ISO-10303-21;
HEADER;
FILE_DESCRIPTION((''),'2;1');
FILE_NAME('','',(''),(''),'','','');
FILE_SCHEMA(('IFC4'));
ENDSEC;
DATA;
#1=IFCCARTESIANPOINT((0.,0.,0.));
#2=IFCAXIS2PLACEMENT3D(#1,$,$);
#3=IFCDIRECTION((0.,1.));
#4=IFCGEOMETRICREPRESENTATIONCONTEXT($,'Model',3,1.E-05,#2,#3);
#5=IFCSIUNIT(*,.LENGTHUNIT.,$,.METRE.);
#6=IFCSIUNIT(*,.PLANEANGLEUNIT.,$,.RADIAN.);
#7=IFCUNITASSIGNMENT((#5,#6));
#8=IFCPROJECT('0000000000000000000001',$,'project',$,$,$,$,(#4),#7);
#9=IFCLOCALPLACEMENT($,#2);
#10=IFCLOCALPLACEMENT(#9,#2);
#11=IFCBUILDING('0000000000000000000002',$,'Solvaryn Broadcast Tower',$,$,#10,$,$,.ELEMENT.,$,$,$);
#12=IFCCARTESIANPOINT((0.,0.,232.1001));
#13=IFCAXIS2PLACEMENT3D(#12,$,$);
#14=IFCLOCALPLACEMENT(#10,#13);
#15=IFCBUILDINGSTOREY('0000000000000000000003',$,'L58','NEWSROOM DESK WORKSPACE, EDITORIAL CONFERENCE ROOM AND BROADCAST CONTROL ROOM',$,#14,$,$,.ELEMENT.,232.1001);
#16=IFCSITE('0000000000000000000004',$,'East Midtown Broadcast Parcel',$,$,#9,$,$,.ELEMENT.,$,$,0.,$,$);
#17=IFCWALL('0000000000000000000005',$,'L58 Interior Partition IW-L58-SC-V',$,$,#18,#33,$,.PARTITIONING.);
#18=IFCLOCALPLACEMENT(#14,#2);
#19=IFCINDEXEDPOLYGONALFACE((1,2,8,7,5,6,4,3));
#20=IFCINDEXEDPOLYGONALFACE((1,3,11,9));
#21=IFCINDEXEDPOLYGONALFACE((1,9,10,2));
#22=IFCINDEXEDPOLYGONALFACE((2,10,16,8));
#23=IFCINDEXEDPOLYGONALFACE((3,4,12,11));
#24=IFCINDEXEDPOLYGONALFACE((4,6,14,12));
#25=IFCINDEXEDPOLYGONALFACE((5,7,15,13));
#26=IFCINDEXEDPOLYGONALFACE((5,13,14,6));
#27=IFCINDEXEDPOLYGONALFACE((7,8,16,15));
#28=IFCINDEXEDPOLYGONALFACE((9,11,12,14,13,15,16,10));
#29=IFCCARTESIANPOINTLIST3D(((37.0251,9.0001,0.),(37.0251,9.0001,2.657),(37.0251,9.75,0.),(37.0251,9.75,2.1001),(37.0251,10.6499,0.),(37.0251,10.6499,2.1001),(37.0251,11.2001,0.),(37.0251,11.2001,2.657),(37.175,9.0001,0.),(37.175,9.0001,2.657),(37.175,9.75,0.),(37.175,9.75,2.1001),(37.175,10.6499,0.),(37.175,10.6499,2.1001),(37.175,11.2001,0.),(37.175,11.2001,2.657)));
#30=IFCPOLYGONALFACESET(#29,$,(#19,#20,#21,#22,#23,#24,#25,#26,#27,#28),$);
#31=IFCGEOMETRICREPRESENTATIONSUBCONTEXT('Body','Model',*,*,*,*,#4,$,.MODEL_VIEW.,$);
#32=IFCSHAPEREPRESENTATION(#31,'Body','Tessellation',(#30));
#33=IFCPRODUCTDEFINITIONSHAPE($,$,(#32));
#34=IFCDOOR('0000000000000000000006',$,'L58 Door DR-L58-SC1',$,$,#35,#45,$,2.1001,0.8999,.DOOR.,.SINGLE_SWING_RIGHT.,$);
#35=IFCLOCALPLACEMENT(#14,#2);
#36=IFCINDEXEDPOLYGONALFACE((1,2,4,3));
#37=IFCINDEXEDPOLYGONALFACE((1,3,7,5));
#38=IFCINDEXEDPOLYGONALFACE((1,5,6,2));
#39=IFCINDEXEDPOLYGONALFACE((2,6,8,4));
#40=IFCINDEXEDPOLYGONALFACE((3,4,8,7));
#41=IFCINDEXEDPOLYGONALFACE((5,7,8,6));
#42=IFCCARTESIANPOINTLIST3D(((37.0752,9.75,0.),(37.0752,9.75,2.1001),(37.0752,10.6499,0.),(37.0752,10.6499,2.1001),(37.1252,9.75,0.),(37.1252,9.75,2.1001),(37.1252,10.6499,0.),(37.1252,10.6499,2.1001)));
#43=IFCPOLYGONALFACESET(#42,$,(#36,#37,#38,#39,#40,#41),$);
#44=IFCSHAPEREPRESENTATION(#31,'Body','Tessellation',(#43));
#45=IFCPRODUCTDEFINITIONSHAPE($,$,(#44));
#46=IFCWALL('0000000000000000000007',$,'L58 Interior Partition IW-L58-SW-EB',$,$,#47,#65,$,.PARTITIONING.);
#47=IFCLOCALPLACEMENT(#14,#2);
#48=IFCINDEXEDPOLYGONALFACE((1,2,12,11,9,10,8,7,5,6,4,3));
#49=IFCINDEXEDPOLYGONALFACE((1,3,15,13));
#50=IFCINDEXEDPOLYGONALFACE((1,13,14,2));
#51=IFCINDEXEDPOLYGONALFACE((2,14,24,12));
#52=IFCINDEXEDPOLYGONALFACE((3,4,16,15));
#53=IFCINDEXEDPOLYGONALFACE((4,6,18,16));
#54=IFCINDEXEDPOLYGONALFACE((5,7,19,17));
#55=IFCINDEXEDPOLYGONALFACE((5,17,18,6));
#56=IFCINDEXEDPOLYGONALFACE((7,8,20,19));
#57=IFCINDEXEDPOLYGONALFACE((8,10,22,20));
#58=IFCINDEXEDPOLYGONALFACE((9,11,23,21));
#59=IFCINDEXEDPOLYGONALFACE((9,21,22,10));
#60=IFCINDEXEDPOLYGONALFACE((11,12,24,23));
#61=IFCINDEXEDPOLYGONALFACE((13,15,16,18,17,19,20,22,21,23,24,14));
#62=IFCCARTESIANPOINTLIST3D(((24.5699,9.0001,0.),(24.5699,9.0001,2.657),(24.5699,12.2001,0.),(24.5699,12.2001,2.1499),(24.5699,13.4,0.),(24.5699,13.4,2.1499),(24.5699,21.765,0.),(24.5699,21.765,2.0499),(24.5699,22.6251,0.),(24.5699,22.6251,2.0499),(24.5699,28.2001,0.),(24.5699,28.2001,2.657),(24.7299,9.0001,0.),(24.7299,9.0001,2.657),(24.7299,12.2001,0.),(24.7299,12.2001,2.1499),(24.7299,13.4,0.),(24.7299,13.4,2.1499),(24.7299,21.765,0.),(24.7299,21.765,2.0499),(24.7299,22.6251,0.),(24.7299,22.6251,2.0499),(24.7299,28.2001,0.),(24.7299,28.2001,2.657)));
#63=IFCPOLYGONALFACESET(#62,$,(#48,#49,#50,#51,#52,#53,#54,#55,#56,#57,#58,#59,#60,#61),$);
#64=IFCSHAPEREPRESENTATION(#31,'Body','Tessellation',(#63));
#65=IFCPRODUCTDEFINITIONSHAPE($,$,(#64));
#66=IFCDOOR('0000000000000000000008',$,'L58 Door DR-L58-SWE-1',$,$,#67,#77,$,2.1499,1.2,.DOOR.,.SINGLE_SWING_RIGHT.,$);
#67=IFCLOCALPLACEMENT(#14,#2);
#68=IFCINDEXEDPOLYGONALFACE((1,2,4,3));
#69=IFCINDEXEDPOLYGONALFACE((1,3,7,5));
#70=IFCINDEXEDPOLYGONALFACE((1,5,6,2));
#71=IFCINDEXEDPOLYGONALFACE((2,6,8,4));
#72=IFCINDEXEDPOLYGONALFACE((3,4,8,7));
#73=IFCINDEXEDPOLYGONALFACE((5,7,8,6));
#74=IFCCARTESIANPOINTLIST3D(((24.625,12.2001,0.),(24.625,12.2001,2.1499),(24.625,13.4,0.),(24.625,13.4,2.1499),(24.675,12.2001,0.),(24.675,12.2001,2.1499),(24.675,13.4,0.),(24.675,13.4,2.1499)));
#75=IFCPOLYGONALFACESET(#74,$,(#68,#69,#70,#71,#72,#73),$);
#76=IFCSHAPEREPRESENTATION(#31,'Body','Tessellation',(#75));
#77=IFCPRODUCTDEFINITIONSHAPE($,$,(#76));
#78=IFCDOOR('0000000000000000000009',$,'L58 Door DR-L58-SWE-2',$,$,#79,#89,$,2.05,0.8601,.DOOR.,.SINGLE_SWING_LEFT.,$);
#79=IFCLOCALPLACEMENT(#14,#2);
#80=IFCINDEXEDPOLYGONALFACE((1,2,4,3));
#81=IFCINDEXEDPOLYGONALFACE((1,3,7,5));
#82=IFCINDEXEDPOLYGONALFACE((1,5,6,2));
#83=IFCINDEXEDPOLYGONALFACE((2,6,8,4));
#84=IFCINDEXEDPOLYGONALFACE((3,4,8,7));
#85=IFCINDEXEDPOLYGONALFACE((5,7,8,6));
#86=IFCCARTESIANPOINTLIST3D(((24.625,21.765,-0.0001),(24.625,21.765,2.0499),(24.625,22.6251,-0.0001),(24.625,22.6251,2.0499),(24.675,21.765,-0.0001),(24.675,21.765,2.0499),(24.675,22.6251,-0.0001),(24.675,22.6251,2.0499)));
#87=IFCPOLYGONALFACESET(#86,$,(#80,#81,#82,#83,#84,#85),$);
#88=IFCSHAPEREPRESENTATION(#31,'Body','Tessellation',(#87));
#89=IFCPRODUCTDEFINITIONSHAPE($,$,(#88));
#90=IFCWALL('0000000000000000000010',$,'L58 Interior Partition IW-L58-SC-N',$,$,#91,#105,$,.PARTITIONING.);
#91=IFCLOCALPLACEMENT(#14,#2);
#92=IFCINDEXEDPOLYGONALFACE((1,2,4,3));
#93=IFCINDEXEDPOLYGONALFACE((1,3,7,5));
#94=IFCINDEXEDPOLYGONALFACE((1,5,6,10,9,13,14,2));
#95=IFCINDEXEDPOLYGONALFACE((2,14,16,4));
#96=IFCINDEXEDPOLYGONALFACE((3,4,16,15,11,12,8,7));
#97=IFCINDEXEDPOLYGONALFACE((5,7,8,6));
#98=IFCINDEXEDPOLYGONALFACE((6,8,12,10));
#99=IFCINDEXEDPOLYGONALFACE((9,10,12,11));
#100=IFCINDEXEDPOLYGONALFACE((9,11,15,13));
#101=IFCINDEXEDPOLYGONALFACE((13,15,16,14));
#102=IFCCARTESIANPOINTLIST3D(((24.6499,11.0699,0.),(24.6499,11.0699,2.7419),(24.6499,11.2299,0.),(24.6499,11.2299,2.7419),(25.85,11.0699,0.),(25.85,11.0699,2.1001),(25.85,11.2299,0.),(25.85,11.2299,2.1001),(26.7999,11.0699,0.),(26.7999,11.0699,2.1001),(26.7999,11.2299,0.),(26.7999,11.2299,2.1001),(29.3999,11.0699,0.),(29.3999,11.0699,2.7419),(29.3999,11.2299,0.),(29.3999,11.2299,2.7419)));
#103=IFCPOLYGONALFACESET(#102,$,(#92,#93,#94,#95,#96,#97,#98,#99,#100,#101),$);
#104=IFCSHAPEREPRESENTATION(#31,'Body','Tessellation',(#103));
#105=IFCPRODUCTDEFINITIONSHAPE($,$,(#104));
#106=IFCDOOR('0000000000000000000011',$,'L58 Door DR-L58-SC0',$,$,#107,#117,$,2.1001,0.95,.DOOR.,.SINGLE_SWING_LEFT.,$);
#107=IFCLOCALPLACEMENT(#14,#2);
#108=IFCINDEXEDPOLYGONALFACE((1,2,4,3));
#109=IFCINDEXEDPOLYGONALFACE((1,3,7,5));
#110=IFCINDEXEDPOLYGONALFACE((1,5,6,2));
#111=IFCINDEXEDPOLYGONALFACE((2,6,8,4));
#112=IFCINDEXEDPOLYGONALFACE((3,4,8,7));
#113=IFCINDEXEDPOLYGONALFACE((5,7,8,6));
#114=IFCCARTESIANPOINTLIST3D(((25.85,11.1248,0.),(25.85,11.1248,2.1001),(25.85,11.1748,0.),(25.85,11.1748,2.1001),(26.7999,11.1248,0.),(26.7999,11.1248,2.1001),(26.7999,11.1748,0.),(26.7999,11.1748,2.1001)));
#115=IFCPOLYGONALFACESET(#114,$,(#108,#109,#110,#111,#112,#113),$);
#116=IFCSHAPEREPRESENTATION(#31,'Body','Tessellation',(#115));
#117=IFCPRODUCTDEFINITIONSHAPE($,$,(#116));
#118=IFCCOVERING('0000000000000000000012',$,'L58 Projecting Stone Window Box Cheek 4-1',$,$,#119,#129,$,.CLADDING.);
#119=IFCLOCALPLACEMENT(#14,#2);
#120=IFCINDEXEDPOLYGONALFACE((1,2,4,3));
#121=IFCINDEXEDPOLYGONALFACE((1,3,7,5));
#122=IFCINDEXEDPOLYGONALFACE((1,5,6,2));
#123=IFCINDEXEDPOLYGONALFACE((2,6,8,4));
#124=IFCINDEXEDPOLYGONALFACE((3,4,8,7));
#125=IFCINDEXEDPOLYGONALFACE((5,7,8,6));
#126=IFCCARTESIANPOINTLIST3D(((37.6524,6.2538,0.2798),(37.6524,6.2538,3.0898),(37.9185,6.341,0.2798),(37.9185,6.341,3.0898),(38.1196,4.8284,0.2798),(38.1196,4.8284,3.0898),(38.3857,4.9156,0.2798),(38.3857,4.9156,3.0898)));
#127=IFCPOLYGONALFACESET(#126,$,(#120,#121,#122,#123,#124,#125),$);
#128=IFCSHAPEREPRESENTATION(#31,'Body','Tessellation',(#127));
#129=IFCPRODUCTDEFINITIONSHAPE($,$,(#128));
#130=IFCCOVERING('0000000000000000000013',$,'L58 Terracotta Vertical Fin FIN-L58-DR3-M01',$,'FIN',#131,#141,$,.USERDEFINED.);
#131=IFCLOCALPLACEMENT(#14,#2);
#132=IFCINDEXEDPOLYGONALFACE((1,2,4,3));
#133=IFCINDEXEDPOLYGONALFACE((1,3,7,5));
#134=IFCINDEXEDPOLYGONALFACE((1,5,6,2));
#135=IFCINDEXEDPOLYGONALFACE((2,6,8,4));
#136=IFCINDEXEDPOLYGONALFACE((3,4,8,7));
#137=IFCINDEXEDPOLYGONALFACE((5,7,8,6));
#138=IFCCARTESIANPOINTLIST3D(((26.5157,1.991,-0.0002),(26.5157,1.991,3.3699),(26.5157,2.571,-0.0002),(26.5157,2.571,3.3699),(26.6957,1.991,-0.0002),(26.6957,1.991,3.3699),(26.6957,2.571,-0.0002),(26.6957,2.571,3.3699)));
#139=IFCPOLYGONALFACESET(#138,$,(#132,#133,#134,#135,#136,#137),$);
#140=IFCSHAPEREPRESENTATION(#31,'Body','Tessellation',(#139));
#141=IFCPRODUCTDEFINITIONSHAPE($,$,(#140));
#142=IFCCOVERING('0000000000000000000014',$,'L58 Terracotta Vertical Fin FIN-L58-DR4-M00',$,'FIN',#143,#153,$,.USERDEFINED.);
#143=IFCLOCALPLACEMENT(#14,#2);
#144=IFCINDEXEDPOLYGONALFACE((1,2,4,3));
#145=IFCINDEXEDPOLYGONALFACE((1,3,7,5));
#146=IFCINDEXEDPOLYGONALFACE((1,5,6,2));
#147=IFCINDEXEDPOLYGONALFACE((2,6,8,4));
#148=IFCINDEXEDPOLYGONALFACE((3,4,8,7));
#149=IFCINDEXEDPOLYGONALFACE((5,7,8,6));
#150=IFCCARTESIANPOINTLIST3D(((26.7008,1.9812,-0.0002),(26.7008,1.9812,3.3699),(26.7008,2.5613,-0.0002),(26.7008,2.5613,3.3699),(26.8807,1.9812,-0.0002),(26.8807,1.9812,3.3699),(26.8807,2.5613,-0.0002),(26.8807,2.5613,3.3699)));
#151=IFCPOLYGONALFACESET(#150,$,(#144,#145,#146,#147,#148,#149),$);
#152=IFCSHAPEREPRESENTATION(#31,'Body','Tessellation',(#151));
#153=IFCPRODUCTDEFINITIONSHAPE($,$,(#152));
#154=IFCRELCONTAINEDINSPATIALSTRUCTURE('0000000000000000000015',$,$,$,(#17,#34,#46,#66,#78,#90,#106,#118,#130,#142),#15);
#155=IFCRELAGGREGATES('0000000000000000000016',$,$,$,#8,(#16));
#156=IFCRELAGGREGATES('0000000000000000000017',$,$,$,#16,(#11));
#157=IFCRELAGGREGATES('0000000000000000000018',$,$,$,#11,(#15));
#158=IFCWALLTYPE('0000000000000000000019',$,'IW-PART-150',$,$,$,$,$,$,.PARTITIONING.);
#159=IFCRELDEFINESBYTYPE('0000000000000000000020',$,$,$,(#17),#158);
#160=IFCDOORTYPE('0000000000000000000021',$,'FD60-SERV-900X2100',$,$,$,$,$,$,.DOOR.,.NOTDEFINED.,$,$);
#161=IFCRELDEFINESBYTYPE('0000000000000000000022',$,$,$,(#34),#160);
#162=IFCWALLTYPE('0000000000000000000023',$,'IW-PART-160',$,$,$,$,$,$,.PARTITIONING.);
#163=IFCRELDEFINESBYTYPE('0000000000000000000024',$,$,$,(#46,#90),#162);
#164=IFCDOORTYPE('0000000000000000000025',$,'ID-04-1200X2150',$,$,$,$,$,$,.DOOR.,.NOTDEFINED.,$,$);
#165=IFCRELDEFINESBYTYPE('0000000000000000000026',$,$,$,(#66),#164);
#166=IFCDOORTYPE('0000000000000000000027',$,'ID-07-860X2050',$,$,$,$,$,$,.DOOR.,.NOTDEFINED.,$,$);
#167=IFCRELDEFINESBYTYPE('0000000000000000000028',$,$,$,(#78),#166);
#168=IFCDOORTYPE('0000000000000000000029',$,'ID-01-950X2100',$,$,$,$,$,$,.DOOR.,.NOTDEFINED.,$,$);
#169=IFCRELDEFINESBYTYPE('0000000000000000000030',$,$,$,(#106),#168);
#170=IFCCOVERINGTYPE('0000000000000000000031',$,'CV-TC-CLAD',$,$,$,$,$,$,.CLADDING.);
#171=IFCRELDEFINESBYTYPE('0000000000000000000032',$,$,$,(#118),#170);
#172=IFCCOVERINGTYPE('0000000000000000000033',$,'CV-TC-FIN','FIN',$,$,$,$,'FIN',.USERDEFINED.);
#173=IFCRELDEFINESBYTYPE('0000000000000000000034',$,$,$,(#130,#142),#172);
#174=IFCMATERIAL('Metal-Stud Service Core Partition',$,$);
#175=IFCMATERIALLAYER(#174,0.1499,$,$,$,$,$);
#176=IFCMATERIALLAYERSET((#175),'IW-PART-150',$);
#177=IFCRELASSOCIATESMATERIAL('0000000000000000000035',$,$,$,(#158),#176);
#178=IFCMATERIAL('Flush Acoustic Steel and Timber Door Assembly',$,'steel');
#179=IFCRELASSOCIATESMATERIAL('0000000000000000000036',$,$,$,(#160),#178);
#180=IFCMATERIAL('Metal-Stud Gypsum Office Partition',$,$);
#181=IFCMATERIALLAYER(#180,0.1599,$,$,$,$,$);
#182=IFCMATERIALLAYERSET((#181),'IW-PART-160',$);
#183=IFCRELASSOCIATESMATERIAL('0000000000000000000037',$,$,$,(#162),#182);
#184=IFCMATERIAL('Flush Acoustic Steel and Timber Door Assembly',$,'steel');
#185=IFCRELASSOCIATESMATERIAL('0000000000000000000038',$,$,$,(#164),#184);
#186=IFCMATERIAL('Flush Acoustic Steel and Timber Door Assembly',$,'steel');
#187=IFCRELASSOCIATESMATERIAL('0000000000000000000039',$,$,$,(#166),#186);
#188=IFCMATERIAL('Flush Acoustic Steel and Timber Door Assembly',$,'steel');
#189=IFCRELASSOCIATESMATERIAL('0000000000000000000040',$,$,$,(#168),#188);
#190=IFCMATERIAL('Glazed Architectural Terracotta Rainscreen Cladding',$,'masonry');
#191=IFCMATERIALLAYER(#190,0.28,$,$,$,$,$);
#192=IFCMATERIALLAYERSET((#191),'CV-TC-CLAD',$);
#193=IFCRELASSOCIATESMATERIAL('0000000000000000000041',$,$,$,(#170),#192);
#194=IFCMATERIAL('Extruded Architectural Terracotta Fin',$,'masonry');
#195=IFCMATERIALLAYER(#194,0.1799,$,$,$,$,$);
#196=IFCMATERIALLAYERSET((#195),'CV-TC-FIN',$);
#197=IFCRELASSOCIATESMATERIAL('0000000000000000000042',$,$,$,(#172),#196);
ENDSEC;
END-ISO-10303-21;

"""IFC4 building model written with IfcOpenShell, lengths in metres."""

from ifc_helpers import new_model, si_unit, direction, frame, frame_2d, origin, origin_2d, place, context, subcontext, project, spatial, rectangle, extrude, material, layer, layer_set, type_object, element, fill, save


model = new_model("IFC4")

# Units and contexts
model_context = context("Model", 3, precision=1e-05, world=origin(), true_north=direction((0.0, 1.0)))
body_context = subcontext(model_context, "Body", "Model", "MODEL_VIEW")
ifc_project = project(units=[si_unit("LENGTHUNIT", "METRE"), si_unit("PLANEANGLEUNIT", "RADIAN")], contexts=[model_context])

# Site, building, storey
site_placement = place(None, origin())
site = spatial("IfcSite", under=ifc_project, at=site_placement, Name="East Midtown Broadcast Parcel", CompositionType="ELEMENT", RefElevation=0.0)
building_placement = place(site_placement, origin())
building = spatial("IfcBuilding", under=site, at=building_placement, Name="Solvaryn Broadcast Tower", CompositionType="ELEMENT")
storey_placement = place(building_placement, frame((0.0, 0.0, 232.1001)))
storey = spatial("IfcBuildingStorey", under=building, at=storey_placement, Name="L58", Description="NEWSROOM DESK WORKSPACE, EDITORIAL CONFERENCE ROOM AND BROADCAST CONTROL ROOM", CompositionType="ELEMENT", Elevation=232.1001)

# Wall, opening, door
ifc_material_1 = material(Name="Metal-Stud Service Core Partition")
ifc_layer_1 = layer(ifc_material_1, 0.1499)
ifc_layer_set_1 = layer_set([ifc_layer_1], Name="IW-PART-150")
wall_type_1 = type_object("IfcWallType", Name="IW-PART-150", PredefinedType="PARTITIONING", material=ifc_layer_set_1)
wall_1_placement = place(storey_placement, frame((37.1001, 9.0, 0.0), z_axis=(0.0, 0.0, 1.0), x_axis=(0.0, 1.0, 0.0)))
wall_1 = element("IfcWall", 1, at=wall_1_placement, inside=storey, type_object=wall_type_1, Name="L58 Interior Partition IW-L58-SC-V", PredefinedType="PARTITIONING", context=body_context, shape_type="SweptSolid", body=[
    extrude(rectangle(XDim=2.2, YDim=0.1499, at=frame_2d((1.1001, 0.0))), origin(), (0.0, 0.0, 1.0), 2.657),
])
opening_1_placement = place(wall_1_placement, frame((0.75, 0.0, 0.0)))
opening_1 = element("IfcOpeningElement", 2, at=opening_1_placement, cuts=wall_1, PredefinedType="OPENING", context=body_context, shape_type="SweptSolid", body=[
    extrude(rectangle(XDim=0.8999, YDim=2.1001, at=frame_2d((0.45, 1.05))), frame((0.0, 0.085, 0.0), z_axis=(0.0, -1.0, 0.0), x_axis=(1.0, 0.0, 0.0)), (0.0, 0.0, 1.0), 0.1699),
])
ifc_material_2 = material(Name="Flush Acoustic Steel and Timber Door Assembly", Category="steel")
door_type_1 = type_object("IfcDoorType", Name="FD60-SERV-900X2100", OperationType="NOTDEFINED", PredefinedType="DOOR", material=ifc_material_2)
door_1_placement = place(opening_1_placement, origin())
door_1 = element("IfcDoor", 3, at=door_1_placement, inside=storey, type_object=door_type_1, Name="L58 Door DR-L58-SC1", OperationType="SINGLE_SWING_RIGHT", OverallHeight=2.1001, OverallWidth=0.8999, PredefinedType="DOOR", context=body_context, shape_type="SweptSolid", body=[
    extrude(rectangle(XDim=0.8999, YDim=2.1001, at=frame_2d((0.45, 1.05))), frame((0.0, 0.0249, 0.0), z_axis=(0.0, -1.0, 0.0), x_axis=(1.0, 0.0, 0.0)), (0.0, 0.0, 1.0), 0.05),
])
fill(opening_1, door_1)

# Wall, openings, doors
ifc_material_3 = material(Name="Metal-Stud Gypsum Office Partition")
ifc_layer_2 = layer(ifc_material_3, 0.1599)
ifc_layer_set_2 = layer_set([ifc_layer_2], Name="IW-PART-160")
wall_type_2 = type_object("IfcWallType", Name="IW-PART-160", PredefinedType="PARTITIONING", material=ifc_layer_set_2)
wall_2_placement = place(storey_placement, frame((24.6499, 9.0, 0.0), z_axis=(0.0, 0.0, 1.0), x_axis=(0.0, 1.0, 0.0)))
wall_2 = element("IfcWall", 4, at=wall_2_placement, inside=storey, type_object=wall_type_2, Name="L58 Interior Partition IW-L58-SW-EB", PredefinedType="PARTITIONING", context=body_context, shape_type="SweptSolid", body=[
    extrude(rectangle(XDim=19.2, YDim=0.1599, at=frame_2d((9.6001, 0.0))), origin(), (0.0, 0.0, 1.0), 2.657),
])
opening_2_placement = place(wall_2_placement, frame((3.2, 0.0, 0.0)))
opening_2 = element("IfcOpeningElement", 5, at=opening_2_placement, cuts=wall_2, PredefinedType="OPENING", context=body_context, shape_type="SweptSolid", body=[
    extrude(rectangle(XDim=1.2, YDim=2.1499, at=frame_2d((0.6001, 1.075))), frame((0.0, 0.0901, 0.0), z_axis=(0.0, -1.0, 0.0), x_axis=(1.0, 0.0, 0.0)), (0.0, 0.0, 1.0), 0.1799),
])
opening_3_placement = place(wall_2_placement, frame((12.7649, 0.0, 0.0)))
opening_3 = element("IfcOpeningElement", 6, at=opening_3_placement, cuts=wall_2, PredefinedType="OPENING", context=body_context, shape_type="SweptSolid", body=[
    extrude(rectangle(XDim=0.8601, YDim=2.05, at=frame_2d((0.4302, 1.0249))), frame((0.0, 0.0901, 0.0), z_axis=(0.0, -1.0, 0.0), x_axis=(1.0, 0.0, 0.0)), (0.0, 0.0, 1.0), 0.1799),
])
ifc_material_4 = material(Name="Flush Acoustic Steel and Timber Door Assembly", Category="steel")
door_type_2 = type_object("IfcDoorType", Name="ID-04-1200X2150", OperationType="NOTDEFINED", PredefinedType="DOOR", material=ifc_material_4)
door_2_placement = place(opening_2_placement, origin())
door_2 = element("IfcDoor", 7, at=door_2_placement, inside=storey, type_object=door_type_2, Name="L58 Door DR-L58-SWE-1", OperationType="SINGLE_SWING_RIGHT", OverallHeight=2.1499, OverallWidth=1.2, PredefinedType="DOOR", context=body_context, shape_type="SweptSolid", body=[
    extrude(rectangle(XDim=1.2, YDim=2.1499, at=frame_2d((0.6001, 1.075))), frame((0.0, 0.0249, 0.0), z_axis=(0.0, -1.0, 0.0), x_axis=(1.0, 0.0, 0.0)), (0.0, 0.0, 1.0), 0.05),
])
fill(opening_2, door_2)
ifc_material_5 = material(Name="Flush Acoustic Steel and Timber Door Assembly", Category="steel")
door_type_3 = type_object("IfcDoorType", Name="ID-07-860X2050", OperationType="NOTDEFINED", PredefinedType="DOOR", material=ifc_material_5)
door_3_placement = place(opening_3_placement, origin())
door_3 = element("IfcDoor", 8, at=door_3_placement, inside=storey, type_object=door_type_3, Name="L58 Door DR-L58-SWE-2", OperationType="SINGLE_SWING_LEFT", OverallHeight=2.05, OverallWidth=0.8601, PredefinedType="DOOR", context=body_context, shape_type="SweptSolid", body=[
    extrude(rectangle(XDim=0.8601, YDim=2.05, at=frame_2d((0.4302, 1.0249))), frame((0.0, 0.0249, 0.0), z_axis=(0.0, -1.0, 0.0), x_axis=(1.0, 0.0, 0.0)), (0.0, 0.0, 1.0), 0.05),
])
fill(opening_3, door_3)

# Wall, opening, door
wall_3_placement = place(storey_placement, frame((24.6499, 11.1499, 0.0), z_axis=(0.0, 0.0, 1.0), x_axis=(1.0, 0.0, 0.0)))
wall_3 = element("IfcWall", 9, at=wall_3_placement, inside=storey, type_object=wall_type_2, Name="L58 Interior Partition IW-L58-SC-N", PredefinedType="PARTITIONING", context=body_context, shape_type="SweptSolid", body=[
    extrude(rectangle(XDim=4.75, YDim=0.1599, at=frame_2d((2.375, 0.0))), origin(), (0.0, 0.0, 1.0), 2.7419),
])
opening_4_placement = place(wall_3_placement, frame((1.2, 0.0, 0.0)))
opening_4 = element("IfcOpeningElement", 10, at=opening_4_placement, cuts=wall_3, PredefinedType="OPENING", context=body_context, shape_type="SweptSolid", body=[
    extrude(rectangle(XDim=0.95, YDim=2.1001, at=frame_2d((0.4751, 1.05))), frame((0.0, 0.0901, 0.0), z_axis=(0.0, -1.0, 0.0), x_axis=(1.0, 0.0, 0.0)), (0.0, 0.0, 1.0), 0.1799),
])
ifc_material_6 = material(Name="Flush Acoustic Steel and Timber Door Assembly", Category="steel")
door_type_4 = type_object("IfcDoorType", Name="ID-01-950X2100", OperationType="NOTDEFINED", PredefinedType="DOOR", material=ifc_material_6)
door_4_placement = place(opening_4_placement, origin())
door_4 = element("IfcDoor", 11, at=door_4_placement, inside=storey, type_object=door_type_4, Name="L58 Door DR-L58-SC0", OperationType="SINGLE_SWING_LEFT", OverallHeight=2.1001, OverallWidth=0.95, PredefinedType="DOOR", context=body_context, shape_type="SweptSolid", body=[
    extrude(rectangle(XDim=0.95, YDim=2.1001, at=frame_2d((0.4751, 1.05))), frame((0.0, 0.0249, 0.0), z_axis=(0.0, -1.0, 0.0), x_axis=(1.0, 0.0, 0.0)), (0.0, 0.0, 1.0), 0.05),
])
fill(opening_4, door_4)

# Coverings
ifc_material_7 = material(Name="Glazed Architectural Terracotta Rainscreen Cladding", Category="masonry")
ifc_layer_3 = layer(ifc_material_7, 0.28)
ifc_layer_set_3 = layer_set([ifc_layer_3], Name="CV-TC-CLAD")
covering_type_1 = type_object("IfcCoveringType", Name="CV-TC-CLAD", PredefinedType="CLADDING", material=ifc_layer_set_3)
covering_placement = place(storey_placement, frame((38.019, 5.5847, 0.2798), z_axis=(0.0, 0.0, 1.0), x_axis=(0.950244, 0.311506, 0.0)))
element("IfcCovering", 12, at=covering_placement, inside=storey, type_object=covering_type_1, Name="L58 Projecting Stone Window Box Cheek 4-1", PredefinedType="CLADDING", context=body_context, shape_type="SweptSolid", body=[
    extrude(rectangle(XDim=0.28, YDim=1.5, at=origin_2d()), origin(), (0.0, 0.0, 1.0), 2.8101),
])
ifc_material_8 = material(Name="Extruded Architectural Terracotta Fin", Category="masonry")
ifc_layer_4 = layer(ifc_material_8, 0.1799)
ifc_layer_set_4 = layer_set([ifc_layer_4], Name="CV-TC-FIN")
covering_type_2 = type_object("IfcCoveringType", Name="CV-TC-FIN", Description="FIN", ElementType="FIN", PredefinedType="USERDEFINED", material=ifc_layer_set_4)
for number, where, z_axis, x_axis, name in (
    (13, (26.6057, 2.281, -0.0002), (0.0, 0.0, 1.0), (1.0, 0.0, 0.0), "L58 Terracotta Vertical Fin FIN-L58-DR3-M01"),
    (14, (26.7908, 2.2712, -0.0002), (0.0, 0.0, 1.0), (1.0, 0.0, 0.0), "L58 Terracotta Vertical Fin FIN-L58-DR4-M00"),
):
    element("IfcCovering", number, at=place(storey_placement, frame(where, z_axis=z_axis, x_axis=x_axis)), inside=storey, type_object=covering_type_2, Name=name, ObjectType="FIN", PredefinedType="USERDEFINED", context=body_context, shape_type="SweptSolid", body=[
        extrude(rectangle(XDim=0.1799, YDim=0.5801, at=origin_2d()), origin(), (0.0, 0.0, 1.0), 3.3701),
    ])

save(model, "model.ifc")
